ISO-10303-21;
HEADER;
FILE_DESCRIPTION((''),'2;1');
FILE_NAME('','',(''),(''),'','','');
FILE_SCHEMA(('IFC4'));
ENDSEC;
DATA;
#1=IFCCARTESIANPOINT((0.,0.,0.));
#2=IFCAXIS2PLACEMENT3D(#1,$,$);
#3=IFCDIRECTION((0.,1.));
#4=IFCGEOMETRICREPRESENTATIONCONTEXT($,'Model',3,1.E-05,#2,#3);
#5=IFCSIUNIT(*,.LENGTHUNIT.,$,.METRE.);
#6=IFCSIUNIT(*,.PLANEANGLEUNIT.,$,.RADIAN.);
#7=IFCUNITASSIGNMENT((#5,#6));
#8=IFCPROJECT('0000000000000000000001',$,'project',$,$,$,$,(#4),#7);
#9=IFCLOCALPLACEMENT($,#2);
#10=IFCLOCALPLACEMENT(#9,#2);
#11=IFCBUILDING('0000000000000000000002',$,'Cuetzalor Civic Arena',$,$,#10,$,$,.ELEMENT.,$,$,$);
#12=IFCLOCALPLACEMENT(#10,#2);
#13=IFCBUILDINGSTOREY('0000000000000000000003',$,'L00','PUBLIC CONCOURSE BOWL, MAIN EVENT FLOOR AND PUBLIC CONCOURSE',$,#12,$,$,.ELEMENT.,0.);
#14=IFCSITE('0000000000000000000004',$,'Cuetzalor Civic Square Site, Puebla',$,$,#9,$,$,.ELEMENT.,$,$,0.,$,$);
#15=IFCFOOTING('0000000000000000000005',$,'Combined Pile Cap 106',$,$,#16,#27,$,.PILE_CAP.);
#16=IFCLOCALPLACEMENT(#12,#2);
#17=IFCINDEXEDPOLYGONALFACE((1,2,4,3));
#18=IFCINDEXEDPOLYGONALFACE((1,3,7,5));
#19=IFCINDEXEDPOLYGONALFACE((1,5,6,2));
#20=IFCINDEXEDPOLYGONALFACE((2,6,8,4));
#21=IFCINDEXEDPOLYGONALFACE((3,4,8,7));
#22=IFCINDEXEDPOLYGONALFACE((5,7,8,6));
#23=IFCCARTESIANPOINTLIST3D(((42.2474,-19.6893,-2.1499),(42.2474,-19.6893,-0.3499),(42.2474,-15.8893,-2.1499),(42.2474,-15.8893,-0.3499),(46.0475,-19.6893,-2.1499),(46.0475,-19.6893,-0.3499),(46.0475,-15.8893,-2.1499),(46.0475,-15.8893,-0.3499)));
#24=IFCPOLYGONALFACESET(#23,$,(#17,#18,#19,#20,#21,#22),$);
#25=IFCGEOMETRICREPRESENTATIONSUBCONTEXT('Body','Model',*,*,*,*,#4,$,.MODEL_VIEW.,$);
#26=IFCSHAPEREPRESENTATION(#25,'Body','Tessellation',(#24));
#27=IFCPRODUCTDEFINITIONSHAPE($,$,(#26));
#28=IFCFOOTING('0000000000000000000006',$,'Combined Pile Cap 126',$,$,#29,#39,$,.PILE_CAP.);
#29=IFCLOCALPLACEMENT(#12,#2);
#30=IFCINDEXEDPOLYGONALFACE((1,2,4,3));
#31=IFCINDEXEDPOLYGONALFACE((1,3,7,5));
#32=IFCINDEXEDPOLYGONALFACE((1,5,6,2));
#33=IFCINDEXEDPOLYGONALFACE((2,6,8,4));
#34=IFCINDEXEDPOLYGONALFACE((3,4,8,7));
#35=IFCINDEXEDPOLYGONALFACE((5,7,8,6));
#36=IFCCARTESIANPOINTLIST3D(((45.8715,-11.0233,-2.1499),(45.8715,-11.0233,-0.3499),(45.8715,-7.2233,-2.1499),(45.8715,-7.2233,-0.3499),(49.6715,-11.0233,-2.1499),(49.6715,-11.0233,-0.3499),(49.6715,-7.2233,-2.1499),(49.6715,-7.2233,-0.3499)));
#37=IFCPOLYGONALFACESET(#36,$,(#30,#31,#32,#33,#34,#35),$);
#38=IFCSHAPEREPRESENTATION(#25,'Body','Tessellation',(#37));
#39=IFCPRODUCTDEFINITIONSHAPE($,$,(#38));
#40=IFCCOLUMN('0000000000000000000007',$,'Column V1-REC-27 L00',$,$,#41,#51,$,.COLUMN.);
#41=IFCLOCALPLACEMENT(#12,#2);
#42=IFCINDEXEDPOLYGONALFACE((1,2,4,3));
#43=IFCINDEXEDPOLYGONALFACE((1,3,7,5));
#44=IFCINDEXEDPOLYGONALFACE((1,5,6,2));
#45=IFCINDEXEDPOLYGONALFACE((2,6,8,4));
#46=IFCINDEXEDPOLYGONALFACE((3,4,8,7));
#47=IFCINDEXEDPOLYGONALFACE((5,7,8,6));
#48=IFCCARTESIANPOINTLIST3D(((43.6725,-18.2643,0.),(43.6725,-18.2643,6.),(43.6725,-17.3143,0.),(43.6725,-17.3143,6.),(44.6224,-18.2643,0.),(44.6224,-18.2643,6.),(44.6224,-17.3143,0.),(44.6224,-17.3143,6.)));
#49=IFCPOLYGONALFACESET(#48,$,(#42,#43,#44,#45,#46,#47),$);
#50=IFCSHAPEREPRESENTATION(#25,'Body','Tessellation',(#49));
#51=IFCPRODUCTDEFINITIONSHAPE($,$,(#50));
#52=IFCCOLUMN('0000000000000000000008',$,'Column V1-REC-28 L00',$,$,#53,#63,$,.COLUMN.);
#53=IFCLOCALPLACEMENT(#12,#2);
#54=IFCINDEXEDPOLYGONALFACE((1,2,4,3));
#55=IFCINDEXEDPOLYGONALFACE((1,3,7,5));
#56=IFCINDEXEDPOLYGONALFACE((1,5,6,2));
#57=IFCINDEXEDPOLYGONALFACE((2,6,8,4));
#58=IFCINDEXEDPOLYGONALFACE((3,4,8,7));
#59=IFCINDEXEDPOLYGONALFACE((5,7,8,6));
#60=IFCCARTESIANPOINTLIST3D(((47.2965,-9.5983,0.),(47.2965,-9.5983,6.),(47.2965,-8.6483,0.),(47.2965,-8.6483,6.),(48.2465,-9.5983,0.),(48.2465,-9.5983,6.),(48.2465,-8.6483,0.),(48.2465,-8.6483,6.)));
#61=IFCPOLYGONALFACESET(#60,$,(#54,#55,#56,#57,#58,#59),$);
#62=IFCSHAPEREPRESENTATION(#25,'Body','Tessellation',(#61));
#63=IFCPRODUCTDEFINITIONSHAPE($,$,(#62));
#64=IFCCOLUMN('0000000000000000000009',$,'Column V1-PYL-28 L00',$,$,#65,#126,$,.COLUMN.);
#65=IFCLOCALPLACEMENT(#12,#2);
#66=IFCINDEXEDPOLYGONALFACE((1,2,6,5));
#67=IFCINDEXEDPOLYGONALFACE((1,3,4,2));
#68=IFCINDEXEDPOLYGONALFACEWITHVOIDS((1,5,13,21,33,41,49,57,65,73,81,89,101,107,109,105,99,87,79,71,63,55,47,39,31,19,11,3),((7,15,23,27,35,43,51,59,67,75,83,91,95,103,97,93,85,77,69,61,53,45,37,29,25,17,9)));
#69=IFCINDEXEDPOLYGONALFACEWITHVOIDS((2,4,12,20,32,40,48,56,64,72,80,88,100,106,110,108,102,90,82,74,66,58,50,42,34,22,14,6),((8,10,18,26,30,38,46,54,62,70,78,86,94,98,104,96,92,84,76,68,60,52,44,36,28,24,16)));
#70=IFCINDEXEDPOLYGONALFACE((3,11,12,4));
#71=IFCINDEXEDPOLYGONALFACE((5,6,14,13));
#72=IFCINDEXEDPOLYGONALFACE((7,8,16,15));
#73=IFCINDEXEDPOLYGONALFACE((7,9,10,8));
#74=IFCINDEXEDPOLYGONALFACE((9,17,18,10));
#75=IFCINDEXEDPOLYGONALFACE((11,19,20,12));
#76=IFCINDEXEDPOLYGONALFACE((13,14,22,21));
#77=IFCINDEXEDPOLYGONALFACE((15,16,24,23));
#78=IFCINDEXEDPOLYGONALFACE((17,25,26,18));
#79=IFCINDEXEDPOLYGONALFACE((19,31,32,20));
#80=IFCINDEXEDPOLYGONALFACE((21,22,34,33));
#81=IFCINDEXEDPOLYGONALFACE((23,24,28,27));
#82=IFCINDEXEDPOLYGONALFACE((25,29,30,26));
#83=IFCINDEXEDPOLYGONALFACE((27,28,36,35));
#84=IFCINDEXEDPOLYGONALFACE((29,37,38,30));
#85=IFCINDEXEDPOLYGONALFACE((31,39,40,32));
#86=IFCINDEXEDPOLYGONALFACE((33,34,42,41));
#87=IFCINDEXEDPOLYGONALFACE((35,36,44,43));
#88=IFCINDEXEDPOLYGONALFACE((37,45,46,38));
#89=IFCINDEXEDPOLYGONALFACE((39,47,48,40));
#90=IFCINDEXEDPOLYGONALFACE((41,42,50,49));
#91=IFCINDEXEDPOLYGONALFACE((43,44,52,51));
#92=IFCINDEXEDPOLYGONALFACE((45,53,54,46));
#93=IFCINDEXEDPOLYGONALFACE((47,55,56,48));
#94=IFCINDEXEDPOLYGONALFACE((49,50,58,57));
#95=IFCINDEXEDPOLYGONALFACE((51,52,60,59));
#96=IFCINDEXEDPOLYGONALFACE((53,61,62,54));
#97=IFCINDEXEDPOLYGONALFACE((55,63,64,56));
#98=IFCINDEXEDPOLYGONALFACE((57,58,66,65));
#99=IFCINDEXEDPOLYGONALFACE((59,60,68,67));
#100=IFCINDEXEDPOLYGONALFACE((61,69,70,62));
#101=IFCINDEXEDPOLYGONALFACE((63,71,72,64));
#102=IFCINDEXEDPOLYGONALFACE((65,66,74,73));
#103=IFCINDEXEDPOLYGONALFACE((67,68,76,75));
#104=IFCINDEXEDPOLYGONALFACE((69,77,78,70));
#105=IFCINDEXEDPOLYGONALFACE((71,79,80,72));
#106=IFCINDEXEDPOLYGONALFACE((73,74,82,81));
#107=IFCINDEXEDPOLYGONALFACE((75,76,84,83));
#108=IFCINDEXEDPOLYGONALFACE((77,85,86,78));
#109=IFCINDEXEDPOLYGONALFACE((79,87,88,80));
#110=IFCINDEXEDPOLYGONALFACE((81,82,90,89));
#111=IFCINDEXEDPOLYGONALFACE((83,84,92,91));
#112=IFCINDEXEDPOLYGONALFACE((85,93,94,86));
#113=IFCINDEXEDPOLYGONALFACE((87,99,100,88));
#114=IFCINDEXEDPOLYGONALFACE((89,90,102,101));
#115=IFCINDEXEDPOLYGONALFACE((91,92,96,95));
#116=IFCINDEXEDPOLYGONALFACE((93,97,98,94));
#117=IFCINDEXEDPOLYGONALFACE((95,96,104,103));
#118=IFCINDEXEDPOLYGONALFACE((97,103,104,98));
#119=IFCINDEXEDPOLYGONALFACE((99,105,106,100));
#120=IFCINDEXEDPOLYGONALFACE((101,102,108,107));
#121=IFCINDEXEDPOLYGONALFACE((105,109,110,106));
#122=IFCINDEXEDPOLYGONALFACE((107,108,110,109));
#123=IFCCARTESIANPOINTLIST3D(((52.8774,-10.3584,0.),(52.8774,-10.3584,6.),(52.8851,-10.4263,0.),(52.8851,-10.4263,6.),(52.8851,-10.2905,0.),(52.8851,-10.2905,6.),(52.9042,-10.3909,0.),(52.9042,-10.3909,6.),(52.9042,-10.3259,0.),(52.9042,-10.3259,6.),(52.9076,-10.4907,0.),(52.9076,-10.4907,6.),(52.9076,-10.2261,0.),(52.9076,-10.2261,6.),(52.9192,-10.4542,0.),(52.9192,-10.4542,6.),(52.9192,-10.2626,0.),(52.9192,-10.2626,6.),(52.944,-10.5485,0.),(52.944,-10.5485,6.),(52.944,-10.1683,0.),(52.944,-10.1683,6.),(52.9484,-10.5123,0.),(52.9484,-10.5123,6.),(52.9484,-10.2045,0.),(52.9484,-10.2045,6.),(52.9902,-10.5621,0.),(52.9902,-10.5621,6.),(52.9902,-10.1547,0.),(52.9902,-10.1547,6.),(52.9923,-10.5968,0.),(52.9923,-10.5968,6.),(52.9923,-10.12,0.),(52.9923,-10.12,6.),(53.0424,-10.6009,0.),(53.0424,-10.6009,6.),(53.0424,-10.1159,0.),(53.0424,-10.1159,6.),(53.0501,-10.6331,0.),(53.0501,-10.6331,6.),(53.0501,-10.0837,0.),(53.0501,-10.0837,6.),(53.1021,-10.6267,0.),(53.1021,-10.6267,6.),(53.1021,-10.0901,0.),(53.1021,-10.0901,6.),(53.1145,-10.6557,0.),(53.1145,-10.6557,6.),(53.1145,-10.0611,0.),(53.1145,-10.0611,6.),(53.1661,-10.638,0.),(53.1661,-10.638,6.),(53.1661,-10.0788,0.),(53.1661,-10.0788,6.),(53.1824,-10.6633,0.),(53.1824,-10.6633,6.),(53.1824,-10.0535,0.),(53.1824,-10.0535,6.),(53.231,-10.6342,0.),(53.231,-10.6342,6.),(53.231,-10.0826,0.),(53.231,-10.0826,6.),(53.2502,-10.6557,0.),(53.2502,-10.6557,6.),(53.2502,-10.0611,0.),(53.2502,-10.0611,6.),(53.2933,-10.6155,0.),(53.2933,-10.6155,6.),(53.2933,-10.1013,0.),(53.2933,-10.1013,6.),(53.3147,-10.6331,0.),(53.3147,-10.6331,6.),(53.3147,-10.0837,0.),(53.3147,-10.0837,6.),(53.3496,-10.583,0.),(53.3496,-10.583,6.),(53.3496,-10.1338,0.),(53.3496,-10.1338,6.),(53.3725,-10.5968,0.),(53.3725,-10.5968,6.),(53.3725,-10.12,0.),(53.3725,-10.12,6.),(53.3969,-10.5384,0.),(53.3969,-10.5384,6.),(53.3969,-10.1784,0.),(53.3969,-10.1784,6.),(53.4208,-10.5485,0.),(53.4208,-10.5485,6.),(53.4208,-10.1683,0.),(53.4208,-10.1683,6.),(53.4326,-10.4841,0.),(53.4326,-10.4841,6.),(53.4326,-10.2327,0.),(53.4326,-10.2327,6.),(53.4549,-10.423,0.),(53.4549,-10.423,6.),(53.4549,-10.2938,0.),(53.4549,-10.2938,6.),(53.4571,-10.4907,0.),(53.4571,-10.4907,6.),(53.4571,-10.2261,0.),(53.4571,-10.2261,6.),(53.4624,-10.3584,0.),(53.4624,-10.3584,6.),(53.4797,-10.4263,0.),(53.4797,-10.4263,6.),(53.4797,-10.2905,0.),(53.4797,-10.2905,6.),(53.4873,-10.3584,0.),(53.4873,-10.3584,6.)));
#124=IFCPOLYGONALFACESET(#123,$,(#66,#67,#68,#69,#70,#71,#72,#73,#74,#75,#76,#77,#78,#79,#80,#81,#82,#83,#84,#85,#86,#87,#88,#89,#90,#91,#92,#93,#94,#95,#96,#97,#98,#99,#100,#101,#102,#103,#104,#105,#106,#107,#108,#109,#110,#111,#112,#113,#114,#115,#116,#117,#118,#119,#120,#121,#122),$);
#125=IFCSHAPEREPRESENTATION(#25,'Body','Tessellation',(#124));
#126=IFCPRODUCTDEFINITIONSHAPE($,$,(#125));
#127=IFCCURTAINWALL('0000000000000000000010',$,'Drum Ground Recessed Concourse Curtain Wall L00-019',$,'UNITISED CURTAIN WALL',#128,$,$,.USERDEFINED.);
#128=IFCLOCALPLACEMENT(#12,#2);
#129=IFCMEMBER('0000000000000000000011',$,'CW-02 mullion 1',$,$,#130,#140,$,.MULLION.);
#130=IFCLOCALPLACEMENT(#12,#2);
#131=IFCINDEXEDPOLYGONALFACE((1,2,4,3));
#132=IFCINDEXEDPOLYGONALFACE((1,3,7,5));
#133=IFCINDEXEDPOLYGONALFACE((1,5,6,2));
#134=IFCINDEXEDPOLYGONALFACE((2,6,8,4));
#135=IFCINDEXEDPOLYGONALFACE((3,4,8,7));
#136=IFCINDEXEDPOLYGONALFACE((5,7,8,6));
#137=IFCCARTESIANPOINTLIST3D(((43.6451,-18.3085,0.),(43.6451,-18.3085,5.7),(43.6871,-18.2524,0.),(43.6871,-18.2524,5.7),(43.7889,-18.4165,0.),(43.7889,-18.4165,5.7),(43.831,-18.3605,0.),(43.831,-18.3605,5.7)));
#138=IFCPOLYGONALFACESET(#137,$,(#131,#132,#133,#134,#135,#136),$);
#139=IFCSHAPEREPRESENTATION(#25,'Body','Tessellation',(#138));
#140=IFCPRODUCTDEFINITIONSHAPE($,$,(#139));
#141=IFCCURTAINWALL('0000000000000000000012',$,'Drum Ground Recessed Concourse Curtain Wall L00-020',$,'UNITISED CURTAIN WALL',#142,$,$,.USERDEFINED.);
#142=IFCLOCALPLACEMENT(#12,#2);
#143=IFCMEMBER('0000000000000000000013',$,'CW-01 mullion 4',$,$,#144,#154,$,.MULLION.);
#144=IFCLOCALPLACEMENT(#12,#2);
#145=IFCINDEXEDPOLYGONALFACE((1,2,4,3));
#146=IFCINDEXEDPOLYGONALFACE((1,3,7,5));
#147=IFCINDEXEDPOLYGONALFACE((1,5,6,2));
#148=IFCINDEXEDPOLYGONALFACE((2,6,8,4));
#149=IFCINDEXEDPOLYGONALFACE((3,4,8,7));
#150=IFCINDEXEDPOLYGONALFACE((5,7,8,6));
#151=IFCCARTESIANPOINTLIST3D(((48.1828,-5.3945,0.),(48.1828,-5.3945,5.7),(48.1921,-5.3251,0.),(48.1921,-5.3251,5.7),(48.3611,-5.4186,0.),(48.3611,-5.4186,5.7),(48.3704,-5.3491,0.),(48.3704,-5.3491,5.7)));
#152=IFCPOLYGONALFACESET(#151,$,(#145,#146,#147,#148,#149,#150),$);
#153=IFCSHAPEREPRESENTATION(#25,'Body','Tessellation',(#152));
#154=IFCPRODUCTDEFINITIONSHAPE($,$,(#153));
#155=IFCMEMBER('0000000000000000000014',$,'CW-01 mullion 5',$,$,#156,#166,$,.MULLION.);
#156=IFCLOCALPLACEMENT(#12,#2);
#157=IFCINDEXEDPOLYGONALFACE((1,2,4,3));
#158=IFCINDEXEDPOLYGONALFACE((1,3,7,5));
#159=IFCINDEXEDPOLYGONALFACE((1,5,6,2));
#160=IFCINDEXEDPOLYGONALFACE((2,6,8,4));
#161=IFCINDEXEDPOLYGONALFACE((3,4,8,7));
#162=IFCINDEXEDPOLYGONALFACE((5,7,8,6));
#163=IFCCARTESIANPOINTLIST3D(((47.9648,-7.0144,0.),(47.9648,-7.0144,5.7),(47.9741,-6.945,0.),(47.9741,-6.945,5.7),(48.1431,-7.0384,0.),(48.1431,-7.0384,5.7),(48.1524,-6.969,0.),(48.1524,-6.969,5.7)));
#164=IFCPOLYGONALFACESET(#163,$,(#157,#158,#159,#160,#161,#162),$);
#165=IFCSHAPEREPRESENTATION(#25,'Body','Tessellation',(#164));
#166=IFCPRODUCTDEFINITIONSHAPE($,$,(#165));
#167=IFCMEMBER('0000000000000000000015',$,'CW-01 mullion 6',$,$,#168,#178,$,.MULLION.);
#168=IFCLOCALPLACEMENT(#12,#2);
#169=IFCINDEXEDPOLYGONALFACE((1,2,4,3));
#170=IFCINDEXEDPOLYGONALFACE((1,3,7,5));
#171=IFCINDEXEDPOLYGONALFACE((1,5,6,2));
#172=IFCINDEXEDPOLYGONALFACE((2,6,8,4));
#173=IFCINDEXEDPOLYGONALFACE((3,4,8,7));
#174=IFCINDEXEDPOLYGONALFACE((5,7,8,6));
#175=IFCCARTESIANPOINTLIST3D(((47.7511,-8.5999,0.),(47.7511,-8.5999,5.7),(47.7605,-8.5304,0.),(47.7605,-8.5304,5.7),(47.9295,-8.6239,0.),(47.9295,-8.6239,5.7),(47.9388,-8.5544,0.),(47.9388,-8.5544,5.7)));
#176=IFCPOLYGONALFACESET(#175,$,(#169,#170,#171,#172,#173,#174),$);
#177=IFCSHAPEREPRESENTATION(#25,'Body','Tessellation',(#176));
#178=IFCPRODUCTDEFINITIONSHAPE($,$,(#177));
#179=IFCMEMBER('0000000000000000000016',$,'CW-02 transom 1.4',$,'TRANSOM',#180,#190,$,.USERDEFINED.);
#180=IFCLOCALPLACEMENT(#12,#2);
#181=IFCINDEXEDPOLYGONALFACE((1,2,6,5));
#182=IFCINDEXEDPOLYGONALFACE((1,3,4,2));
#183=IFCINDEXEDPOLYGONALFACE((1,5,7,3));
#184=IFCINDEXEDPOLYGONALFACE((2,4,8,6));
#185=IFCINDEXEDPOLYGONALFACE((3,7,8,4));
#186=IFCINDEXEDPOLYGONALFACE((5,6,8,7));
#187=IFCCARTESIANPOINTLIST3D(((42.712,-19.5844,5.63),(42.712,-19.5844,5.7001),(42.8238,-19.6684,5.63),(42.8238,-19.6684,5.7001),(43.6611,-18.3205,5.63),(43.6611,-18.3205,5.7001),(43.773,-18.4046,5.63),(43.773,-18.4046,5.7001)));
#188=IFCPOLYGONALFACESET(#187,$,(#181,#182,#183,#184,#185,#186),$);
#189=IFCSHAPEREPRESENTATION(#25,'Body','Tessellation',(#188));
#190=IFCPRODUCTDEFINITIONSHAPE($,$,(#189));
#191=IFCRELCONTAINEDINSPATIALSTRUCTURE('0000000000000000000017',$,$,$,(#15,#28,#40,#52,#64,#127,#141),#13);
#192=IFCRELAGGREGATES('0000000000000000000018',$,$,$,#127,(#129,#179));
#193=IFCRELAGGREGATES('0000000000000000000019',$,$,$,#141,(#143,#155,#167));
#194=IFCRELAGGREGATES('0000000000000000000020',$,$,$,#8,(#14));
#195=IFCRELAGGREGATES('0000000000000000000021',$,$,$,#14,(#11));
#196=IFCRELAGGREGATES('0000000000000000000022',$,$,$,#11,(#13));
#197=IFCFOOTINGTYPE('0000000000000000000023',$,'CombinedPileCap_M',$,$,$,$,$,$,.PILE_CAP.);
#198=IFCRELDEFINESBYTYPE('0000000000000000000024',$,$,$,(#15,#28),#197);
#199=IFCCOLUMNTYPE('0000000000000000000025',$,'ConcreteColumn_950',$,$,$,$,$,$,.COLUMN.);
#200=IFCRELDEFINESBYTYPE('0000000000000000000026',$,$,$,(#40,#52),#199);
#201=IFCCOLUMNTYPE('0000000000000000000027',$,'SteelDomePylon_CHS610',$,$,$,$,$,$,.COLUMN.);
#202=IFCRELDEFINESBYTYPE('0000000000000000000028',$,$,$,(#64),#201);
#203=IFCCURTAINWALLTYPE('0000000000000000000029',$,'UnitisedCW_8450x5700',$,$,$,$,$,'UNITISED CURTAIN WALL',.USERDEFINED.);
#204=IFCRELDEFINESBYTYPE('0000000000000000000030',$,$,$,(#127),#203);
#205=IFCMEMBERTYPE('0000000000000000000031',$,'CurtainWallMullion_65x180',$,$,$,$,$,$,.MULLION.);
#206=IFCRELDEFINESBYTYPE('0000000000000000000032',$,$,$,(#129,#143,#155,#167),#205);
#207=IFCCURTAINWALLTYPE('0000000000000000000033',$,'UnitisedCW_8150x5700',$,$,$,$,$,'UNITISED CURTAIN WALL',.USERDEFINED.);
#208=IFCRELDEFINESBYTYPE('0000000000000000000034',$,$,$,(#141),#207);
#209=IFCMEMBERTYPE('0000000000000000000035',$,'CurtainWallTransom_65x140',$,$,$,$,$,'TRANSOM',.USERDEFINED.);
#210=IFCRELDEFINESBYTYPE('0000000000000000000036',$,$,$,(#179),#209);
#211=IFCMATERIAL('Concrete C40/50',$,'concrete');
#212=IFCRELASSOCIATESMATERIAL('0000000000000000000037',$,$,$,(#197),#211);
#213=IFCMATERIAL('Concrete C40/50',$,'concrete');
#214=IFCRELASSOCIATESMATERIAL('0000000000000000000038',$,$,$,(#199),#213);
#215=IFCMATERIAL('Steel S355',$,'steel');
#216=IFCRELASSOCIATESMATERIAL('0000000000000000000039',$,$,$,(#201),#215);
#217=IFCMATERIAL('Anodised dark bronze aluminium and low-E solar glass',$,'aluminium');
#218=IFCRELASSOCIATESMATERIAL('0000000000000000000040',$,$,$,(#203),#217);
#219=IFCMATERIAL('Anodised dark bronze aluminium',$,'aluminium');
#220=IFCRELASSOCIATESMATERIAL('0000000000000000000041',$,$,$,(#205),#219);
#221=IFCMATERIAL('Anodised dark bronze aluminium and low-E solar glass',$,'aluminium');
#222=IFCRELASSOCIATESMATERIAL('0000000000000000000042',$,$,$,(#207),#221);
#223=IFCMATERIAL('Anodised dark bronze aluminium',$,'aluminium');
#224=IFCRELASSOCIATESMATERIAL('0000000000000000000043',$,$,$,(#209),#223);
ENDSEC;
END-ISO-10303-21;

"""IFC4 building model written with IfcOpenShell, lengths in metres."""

from ifc_helpers import new_model, si_unit, direction, frame, origin, origin_2d, place, context, subcontext, project, spatial, rectangle, hollow_circle, extrude, material, material_profile, profile_set, type_object, element, aggregate, save


model = new_model("IFC4")

# Units and contexts
model_context = context("Model", 3, precision=1e-05, world=origin(), true_north=direction((0.0, 1.0)))
body_context = subcontext(model_context, "Body", "Model", "MODEL_VIEW")
ifc_project = project(units=[si_unit("LENGTHUNIT", "METRE"), si_unit("PLANEANGLEUNIT", "RADIAN")], contexts=[model_context])

# Site, building, storey
site_placement = place(None, origin())
site = spatial("IfcSite", under=ifc_project, at=site_placement, Name="Cuetzalor Civic Square Site, Puebla", CompositionType="ELEMENT", RefElevation=0.0)
building_placement = place(site_placement, origin())
building = spatial("IfcBuilding", under=site, at=building_placement, Name="Cuetzalor Civic Arena", CompositionType="ELEMENT")
storey_placement = place(building_placement, origin())
storey = spatial("IfcBuildingStorey", under=building, at=storey_placement, Name="L00", Description="PUBLIC CONCOURSE BOWL, MAIN EVENT FLOOR AND PUBLIC CONCOURSE", CompositionType="ELEMENT", Elevation=0.0)

# Footings
ifc_material_1 = material(Name="Concrete C40/50", Category="concrete")
footing_type = type_object("IfcFootingType", Name="CombinedPileCap_M", PredefinedType="PILE_CAP", material=ifc_material_1)
for number, where, z_axis, x_axis, name in (
    (1, (44.1475, -17.7893, -2.1499), (0.0, 0.0, 1.0), (1.0, 0.0, 0.0), "Combined Pile Cap 106"),
    (2, (47.7715, -9.1233, -2.1499), (0.0, 0.0, 1.0), (1.0, 0.0, 0.0), "Combined Pile Cap 126"),
):
    element("IfcFooting", number, at=place(storey_placement, frame(where, z_axis=z_axis, x_axis=x_axis)), inside=storey, type_object=footing_type, Name=name, PredefinedType="PILE_CAP", context=body_context, shape_type="SweptSolid", body=[
        extrude(rectangle(XDim=3.8, YDim=3.8, at=origin_2d()), origin(), (0.0, 0.0, 1.0), 1.8),
    ])

# Columns
ifc_material_2 = material(Name="Concrete C40/50", Category="concrete")
ifc_material_profile_1 = material_profile(ifc_material_2, rectangle(XDim=0.95, YDim=0.95, at=origin_2d()), Name="RC 950x950")
ifc_profile_set_1 = profile_set([ifc_material_profile_1], Name="Concrete C40/50")
column_type_1 = type_object("IfcColumnType", Name="ConcreteColumn_950", PredefinedType="COLUMN", material=ifc_profile_set_1)
for number, where, z_axis, x_axis, name in (
    (3, (44.1475, -17.7893, 0.0), (0.0, 0.0, 1.0), (1.0, 0.0, 0.0), "Column V1-REC-27 L00"),
    (4, (47.7715, -9.1233, 0.0), (0.0, 0.0, 1.0), (1.0, 0.0, 0.0), "Column V1-REC-28 L00"),
):
    element("IfcColumn", number, at=place(storey_placement, frame(where, z_axis=z_axis, x_axis=x_axis)), inside=storey, type_object=column_type_1, Name=name, PredefinedType="COLUMN", context=body_context, shape_type="SweptSolid", body=[
        extrude(rectangle(XDim=0.95, YDim=0.95, at=origin_2d()), origin(), (0.0, 0.0, 1.0), 6.0),
    ])
ifc_material_3 = material(Name="Steel S355", Category="steel")
ifc_material_profile_2 = material_profile(ifc_material_3, hollow_circle(Radius=0.3049, WallThickness=0.0249, at=origin_2d()), Name="CHS 610x25")
ifc_profile_set_2 = profile_set([ifc_material_profile_2], Name="Steel S355")
column_type_2 = type_object("IfcColumnType", Name="SteelDomePylon_CHS610", PredefinedType="COLUMN", material=ifc_profile_set_2)
column_placement = place(storey_placement, frame((53.1824, -10.3584, 0.0), z_axis=(0.0, 0.0, 1.0), x_axis=(1.0, 0.0, 0.0)))
element("IfcColumn", 5, at=column_placement, inside=storey, type_object=column_type_2, Name="Column V1-PYL-28 L00", PredefinedType="COLUMN", context=body_context, shape_type="SweptSolid", body=[
    extrude(hollow_circle(Radius=0.3049, WallThickness=0.0249, at=origin_2d()), origin(), (0.0, 0.0, 1.0), 6.0),
])

# Curtain wall, member
ifc_material_4 = material(Name="Anodised dark bronze aluminium and low-E solar glass", Category="aluminium")
curtain_wall_type_1 = type_object("IfcCurtainWallType", Name="UnitisedCW_8450x5700", ElementType="UNITISED CURTAIN WALL", PredefinedType="USERDEFINED", material=ifc_material_4)
curtain_wall_1_placement = place(storey_placement, origin())
curtain_wall_1 = element("IfcCurtainWall", 6, at=curtain_wall_1_placement, inside=storey, type_object=curtain_wall_type_1, Name="Drum Ground Recessed Concourse Curtain Wall L00-019", ObjectType="UNITISED CURTAIN WALL", PredefinedType="USERDEFINED")
ifc_material_5 = material(Name="Anodised dark bronze aluminium", Category="aluminium")
ifc_material_profile_3 = material_profile(ifc_material_5, rectangle(XDim=0.0701, YDim=0.1799, at=origin_2d()), Name="ALU MULLION 70x180")
ifc_profile_set_3 = profile_set([ifc_material_profile_3], Name="Anodised dark bronze aluminium")
member_type_1 = type_object("IfcMemberType", Name="CurtainWallMullion_65x180", PredefinedType="MULLION", material=ifc_profile_set_3)
member_1_placement = place(storey_placement, frame((43.738, -18.3345, 0.0), z_axis=(0.0, 0.0, 1.0), x_axis=(-0.600492, -0.799631, 0.0)))
member_1 = element("IfcMember", 7, at=member_1_placement, type_object=member_type_1, Name="CW-02 mullion 1", PredefinedType="MULLION", context=body_context, shape_type="SweptSolid", body=[
    extrude(rectangle(XDim=0.0701, YDim=0.1799, at=origin_2d()), origin(), (0.0, 0.0, 1.0), 5.7),
])

# Curtain wall, members
ifc_material_6 = material(Name="Anodised dark bronze aluminium and low-E solar glass", Category="aluminium")
curtain_wall_type_2 = type_object("IfcCurtainWallType", Name="UnitisedCW_8150x5700", ElementType="UNITISED CURTAIN WALL", PredefinedType="USERDEFINED", material=ifc_material_6)
curtain_wall_2_placement = place(storey_placement, origin())
curtain_wall_2 = element("IfcCurtainWall", 8, at=curtain_wall_2_placement, inside=storey, type_object=curtain_wall_type_2, Name="Drum Ground Recessed Concourse Curtain Wall L00-020", ObjectType="UNITISED CURTAIN WALL", PredefinedType="USERDEFINED")
member_2_placement = place(storey_placement, frame((48.2766, -5.3718, 0.0), z_axis=(0.0, 0.0, 1.0), x_axis=(-0.133443, -0.991056, 0.0)))
member_2 = element("IfcMember", 9, at=member_2_placement, type_object=member_type_1, Name="CW-01 mullion 4", PredefinedType="MULLION", context=body_context, shape_type="SweptSolid", body=[
    extrude(rectangle(XDim=0.0701, YDim=0.1799, at=origin_2d()), origin(), (0.0, 0.0, 1.0), 5.7),
])
member_3_placement = place(storey_placement, frame((48.0586, -6.9917, 0.0), z_axis=(0.0, 0.0, 1.0), x_axis=(-0.133443, -0.991056, 0.0)))
member_3 = element("IfcMember", 10, at=member_3_placement, type_object=member_type_1, Name="CW-01 mullion 5", PredefinedType="MULLION", context=body_context, shape_type="SweptSolid", body=[
    extrude(rectangle(XDim=0.0701, YDim=0.1799, at=origin_2d()), origin(), (0.0, 0.0, 1.0), 5.7),
])
member_4_placement = place(storey_placement, frame((47.845, -8.5771, 0.0), z_axis=(0.0, 0.0, 1.0), x_axis=(-0.133443, -0.991056, 0.0)))
member_4 = element("IfcMember", 11, at=member_4_placement, type_object=member_type_1, Name="CW-01 mullion 6", PredefinedType="MULLION", context=body_context, shape_type="SweptSolid", body=[
    extrude(rectangle(XDim=0.0701, YDim=0.1799, at=origin_2d()), origin(), (0.0, 0.0, 1.0), 5.7),
])

# Member
ifc_material_7 = material(Name="Anodised dark bronze aluminium", Category="aluminium")
ifc_material_profile_4 = material_profile(ifc_material_7, rectangle(XDim=0.1399, YDim=0.0701, at=origin_2d()), Name="ALU TRANSOM 70x140")
ifc_profile_set_4 = profile_set([ifc_material_profile_4], Name="Anodised dark bronze aluminium")
member_type_2 = type_object("IfcMemberType", Name="CurtainWallTransom_65x140", ElementType="TRANSOM", PredefinedType="USERDEFINED", material=ifc_profile_set_4)
member_5_placement = place(storey_placement, frame((43.717, -18.3625, 5.665), z_axis=(-0.600519, -0.799611, 0.0), x_axis=(0.799611, -0.600519, 0.0)))
member_5 = element("IfcMember", 12, at=member_5_placement, type_object=member_type_2, Name="CW-02 transom 1.4", ObjectType="TRANSOM", PredefinedType="USERDEFINED", context=body_context, shape_type="SweptSolid", body=[
    extrude(rectangle(XDim=0.1399, YDim=0.0701, at=origin_2d()), origin(), (0.0, 0.0, 1.0), 1.5806),
])
aggregate(curtain_wall_1, [member_1, member_5])

aggregate(curtain_wall_2, [member_2, member_3, member_4])

save(model, "model.ifc")
